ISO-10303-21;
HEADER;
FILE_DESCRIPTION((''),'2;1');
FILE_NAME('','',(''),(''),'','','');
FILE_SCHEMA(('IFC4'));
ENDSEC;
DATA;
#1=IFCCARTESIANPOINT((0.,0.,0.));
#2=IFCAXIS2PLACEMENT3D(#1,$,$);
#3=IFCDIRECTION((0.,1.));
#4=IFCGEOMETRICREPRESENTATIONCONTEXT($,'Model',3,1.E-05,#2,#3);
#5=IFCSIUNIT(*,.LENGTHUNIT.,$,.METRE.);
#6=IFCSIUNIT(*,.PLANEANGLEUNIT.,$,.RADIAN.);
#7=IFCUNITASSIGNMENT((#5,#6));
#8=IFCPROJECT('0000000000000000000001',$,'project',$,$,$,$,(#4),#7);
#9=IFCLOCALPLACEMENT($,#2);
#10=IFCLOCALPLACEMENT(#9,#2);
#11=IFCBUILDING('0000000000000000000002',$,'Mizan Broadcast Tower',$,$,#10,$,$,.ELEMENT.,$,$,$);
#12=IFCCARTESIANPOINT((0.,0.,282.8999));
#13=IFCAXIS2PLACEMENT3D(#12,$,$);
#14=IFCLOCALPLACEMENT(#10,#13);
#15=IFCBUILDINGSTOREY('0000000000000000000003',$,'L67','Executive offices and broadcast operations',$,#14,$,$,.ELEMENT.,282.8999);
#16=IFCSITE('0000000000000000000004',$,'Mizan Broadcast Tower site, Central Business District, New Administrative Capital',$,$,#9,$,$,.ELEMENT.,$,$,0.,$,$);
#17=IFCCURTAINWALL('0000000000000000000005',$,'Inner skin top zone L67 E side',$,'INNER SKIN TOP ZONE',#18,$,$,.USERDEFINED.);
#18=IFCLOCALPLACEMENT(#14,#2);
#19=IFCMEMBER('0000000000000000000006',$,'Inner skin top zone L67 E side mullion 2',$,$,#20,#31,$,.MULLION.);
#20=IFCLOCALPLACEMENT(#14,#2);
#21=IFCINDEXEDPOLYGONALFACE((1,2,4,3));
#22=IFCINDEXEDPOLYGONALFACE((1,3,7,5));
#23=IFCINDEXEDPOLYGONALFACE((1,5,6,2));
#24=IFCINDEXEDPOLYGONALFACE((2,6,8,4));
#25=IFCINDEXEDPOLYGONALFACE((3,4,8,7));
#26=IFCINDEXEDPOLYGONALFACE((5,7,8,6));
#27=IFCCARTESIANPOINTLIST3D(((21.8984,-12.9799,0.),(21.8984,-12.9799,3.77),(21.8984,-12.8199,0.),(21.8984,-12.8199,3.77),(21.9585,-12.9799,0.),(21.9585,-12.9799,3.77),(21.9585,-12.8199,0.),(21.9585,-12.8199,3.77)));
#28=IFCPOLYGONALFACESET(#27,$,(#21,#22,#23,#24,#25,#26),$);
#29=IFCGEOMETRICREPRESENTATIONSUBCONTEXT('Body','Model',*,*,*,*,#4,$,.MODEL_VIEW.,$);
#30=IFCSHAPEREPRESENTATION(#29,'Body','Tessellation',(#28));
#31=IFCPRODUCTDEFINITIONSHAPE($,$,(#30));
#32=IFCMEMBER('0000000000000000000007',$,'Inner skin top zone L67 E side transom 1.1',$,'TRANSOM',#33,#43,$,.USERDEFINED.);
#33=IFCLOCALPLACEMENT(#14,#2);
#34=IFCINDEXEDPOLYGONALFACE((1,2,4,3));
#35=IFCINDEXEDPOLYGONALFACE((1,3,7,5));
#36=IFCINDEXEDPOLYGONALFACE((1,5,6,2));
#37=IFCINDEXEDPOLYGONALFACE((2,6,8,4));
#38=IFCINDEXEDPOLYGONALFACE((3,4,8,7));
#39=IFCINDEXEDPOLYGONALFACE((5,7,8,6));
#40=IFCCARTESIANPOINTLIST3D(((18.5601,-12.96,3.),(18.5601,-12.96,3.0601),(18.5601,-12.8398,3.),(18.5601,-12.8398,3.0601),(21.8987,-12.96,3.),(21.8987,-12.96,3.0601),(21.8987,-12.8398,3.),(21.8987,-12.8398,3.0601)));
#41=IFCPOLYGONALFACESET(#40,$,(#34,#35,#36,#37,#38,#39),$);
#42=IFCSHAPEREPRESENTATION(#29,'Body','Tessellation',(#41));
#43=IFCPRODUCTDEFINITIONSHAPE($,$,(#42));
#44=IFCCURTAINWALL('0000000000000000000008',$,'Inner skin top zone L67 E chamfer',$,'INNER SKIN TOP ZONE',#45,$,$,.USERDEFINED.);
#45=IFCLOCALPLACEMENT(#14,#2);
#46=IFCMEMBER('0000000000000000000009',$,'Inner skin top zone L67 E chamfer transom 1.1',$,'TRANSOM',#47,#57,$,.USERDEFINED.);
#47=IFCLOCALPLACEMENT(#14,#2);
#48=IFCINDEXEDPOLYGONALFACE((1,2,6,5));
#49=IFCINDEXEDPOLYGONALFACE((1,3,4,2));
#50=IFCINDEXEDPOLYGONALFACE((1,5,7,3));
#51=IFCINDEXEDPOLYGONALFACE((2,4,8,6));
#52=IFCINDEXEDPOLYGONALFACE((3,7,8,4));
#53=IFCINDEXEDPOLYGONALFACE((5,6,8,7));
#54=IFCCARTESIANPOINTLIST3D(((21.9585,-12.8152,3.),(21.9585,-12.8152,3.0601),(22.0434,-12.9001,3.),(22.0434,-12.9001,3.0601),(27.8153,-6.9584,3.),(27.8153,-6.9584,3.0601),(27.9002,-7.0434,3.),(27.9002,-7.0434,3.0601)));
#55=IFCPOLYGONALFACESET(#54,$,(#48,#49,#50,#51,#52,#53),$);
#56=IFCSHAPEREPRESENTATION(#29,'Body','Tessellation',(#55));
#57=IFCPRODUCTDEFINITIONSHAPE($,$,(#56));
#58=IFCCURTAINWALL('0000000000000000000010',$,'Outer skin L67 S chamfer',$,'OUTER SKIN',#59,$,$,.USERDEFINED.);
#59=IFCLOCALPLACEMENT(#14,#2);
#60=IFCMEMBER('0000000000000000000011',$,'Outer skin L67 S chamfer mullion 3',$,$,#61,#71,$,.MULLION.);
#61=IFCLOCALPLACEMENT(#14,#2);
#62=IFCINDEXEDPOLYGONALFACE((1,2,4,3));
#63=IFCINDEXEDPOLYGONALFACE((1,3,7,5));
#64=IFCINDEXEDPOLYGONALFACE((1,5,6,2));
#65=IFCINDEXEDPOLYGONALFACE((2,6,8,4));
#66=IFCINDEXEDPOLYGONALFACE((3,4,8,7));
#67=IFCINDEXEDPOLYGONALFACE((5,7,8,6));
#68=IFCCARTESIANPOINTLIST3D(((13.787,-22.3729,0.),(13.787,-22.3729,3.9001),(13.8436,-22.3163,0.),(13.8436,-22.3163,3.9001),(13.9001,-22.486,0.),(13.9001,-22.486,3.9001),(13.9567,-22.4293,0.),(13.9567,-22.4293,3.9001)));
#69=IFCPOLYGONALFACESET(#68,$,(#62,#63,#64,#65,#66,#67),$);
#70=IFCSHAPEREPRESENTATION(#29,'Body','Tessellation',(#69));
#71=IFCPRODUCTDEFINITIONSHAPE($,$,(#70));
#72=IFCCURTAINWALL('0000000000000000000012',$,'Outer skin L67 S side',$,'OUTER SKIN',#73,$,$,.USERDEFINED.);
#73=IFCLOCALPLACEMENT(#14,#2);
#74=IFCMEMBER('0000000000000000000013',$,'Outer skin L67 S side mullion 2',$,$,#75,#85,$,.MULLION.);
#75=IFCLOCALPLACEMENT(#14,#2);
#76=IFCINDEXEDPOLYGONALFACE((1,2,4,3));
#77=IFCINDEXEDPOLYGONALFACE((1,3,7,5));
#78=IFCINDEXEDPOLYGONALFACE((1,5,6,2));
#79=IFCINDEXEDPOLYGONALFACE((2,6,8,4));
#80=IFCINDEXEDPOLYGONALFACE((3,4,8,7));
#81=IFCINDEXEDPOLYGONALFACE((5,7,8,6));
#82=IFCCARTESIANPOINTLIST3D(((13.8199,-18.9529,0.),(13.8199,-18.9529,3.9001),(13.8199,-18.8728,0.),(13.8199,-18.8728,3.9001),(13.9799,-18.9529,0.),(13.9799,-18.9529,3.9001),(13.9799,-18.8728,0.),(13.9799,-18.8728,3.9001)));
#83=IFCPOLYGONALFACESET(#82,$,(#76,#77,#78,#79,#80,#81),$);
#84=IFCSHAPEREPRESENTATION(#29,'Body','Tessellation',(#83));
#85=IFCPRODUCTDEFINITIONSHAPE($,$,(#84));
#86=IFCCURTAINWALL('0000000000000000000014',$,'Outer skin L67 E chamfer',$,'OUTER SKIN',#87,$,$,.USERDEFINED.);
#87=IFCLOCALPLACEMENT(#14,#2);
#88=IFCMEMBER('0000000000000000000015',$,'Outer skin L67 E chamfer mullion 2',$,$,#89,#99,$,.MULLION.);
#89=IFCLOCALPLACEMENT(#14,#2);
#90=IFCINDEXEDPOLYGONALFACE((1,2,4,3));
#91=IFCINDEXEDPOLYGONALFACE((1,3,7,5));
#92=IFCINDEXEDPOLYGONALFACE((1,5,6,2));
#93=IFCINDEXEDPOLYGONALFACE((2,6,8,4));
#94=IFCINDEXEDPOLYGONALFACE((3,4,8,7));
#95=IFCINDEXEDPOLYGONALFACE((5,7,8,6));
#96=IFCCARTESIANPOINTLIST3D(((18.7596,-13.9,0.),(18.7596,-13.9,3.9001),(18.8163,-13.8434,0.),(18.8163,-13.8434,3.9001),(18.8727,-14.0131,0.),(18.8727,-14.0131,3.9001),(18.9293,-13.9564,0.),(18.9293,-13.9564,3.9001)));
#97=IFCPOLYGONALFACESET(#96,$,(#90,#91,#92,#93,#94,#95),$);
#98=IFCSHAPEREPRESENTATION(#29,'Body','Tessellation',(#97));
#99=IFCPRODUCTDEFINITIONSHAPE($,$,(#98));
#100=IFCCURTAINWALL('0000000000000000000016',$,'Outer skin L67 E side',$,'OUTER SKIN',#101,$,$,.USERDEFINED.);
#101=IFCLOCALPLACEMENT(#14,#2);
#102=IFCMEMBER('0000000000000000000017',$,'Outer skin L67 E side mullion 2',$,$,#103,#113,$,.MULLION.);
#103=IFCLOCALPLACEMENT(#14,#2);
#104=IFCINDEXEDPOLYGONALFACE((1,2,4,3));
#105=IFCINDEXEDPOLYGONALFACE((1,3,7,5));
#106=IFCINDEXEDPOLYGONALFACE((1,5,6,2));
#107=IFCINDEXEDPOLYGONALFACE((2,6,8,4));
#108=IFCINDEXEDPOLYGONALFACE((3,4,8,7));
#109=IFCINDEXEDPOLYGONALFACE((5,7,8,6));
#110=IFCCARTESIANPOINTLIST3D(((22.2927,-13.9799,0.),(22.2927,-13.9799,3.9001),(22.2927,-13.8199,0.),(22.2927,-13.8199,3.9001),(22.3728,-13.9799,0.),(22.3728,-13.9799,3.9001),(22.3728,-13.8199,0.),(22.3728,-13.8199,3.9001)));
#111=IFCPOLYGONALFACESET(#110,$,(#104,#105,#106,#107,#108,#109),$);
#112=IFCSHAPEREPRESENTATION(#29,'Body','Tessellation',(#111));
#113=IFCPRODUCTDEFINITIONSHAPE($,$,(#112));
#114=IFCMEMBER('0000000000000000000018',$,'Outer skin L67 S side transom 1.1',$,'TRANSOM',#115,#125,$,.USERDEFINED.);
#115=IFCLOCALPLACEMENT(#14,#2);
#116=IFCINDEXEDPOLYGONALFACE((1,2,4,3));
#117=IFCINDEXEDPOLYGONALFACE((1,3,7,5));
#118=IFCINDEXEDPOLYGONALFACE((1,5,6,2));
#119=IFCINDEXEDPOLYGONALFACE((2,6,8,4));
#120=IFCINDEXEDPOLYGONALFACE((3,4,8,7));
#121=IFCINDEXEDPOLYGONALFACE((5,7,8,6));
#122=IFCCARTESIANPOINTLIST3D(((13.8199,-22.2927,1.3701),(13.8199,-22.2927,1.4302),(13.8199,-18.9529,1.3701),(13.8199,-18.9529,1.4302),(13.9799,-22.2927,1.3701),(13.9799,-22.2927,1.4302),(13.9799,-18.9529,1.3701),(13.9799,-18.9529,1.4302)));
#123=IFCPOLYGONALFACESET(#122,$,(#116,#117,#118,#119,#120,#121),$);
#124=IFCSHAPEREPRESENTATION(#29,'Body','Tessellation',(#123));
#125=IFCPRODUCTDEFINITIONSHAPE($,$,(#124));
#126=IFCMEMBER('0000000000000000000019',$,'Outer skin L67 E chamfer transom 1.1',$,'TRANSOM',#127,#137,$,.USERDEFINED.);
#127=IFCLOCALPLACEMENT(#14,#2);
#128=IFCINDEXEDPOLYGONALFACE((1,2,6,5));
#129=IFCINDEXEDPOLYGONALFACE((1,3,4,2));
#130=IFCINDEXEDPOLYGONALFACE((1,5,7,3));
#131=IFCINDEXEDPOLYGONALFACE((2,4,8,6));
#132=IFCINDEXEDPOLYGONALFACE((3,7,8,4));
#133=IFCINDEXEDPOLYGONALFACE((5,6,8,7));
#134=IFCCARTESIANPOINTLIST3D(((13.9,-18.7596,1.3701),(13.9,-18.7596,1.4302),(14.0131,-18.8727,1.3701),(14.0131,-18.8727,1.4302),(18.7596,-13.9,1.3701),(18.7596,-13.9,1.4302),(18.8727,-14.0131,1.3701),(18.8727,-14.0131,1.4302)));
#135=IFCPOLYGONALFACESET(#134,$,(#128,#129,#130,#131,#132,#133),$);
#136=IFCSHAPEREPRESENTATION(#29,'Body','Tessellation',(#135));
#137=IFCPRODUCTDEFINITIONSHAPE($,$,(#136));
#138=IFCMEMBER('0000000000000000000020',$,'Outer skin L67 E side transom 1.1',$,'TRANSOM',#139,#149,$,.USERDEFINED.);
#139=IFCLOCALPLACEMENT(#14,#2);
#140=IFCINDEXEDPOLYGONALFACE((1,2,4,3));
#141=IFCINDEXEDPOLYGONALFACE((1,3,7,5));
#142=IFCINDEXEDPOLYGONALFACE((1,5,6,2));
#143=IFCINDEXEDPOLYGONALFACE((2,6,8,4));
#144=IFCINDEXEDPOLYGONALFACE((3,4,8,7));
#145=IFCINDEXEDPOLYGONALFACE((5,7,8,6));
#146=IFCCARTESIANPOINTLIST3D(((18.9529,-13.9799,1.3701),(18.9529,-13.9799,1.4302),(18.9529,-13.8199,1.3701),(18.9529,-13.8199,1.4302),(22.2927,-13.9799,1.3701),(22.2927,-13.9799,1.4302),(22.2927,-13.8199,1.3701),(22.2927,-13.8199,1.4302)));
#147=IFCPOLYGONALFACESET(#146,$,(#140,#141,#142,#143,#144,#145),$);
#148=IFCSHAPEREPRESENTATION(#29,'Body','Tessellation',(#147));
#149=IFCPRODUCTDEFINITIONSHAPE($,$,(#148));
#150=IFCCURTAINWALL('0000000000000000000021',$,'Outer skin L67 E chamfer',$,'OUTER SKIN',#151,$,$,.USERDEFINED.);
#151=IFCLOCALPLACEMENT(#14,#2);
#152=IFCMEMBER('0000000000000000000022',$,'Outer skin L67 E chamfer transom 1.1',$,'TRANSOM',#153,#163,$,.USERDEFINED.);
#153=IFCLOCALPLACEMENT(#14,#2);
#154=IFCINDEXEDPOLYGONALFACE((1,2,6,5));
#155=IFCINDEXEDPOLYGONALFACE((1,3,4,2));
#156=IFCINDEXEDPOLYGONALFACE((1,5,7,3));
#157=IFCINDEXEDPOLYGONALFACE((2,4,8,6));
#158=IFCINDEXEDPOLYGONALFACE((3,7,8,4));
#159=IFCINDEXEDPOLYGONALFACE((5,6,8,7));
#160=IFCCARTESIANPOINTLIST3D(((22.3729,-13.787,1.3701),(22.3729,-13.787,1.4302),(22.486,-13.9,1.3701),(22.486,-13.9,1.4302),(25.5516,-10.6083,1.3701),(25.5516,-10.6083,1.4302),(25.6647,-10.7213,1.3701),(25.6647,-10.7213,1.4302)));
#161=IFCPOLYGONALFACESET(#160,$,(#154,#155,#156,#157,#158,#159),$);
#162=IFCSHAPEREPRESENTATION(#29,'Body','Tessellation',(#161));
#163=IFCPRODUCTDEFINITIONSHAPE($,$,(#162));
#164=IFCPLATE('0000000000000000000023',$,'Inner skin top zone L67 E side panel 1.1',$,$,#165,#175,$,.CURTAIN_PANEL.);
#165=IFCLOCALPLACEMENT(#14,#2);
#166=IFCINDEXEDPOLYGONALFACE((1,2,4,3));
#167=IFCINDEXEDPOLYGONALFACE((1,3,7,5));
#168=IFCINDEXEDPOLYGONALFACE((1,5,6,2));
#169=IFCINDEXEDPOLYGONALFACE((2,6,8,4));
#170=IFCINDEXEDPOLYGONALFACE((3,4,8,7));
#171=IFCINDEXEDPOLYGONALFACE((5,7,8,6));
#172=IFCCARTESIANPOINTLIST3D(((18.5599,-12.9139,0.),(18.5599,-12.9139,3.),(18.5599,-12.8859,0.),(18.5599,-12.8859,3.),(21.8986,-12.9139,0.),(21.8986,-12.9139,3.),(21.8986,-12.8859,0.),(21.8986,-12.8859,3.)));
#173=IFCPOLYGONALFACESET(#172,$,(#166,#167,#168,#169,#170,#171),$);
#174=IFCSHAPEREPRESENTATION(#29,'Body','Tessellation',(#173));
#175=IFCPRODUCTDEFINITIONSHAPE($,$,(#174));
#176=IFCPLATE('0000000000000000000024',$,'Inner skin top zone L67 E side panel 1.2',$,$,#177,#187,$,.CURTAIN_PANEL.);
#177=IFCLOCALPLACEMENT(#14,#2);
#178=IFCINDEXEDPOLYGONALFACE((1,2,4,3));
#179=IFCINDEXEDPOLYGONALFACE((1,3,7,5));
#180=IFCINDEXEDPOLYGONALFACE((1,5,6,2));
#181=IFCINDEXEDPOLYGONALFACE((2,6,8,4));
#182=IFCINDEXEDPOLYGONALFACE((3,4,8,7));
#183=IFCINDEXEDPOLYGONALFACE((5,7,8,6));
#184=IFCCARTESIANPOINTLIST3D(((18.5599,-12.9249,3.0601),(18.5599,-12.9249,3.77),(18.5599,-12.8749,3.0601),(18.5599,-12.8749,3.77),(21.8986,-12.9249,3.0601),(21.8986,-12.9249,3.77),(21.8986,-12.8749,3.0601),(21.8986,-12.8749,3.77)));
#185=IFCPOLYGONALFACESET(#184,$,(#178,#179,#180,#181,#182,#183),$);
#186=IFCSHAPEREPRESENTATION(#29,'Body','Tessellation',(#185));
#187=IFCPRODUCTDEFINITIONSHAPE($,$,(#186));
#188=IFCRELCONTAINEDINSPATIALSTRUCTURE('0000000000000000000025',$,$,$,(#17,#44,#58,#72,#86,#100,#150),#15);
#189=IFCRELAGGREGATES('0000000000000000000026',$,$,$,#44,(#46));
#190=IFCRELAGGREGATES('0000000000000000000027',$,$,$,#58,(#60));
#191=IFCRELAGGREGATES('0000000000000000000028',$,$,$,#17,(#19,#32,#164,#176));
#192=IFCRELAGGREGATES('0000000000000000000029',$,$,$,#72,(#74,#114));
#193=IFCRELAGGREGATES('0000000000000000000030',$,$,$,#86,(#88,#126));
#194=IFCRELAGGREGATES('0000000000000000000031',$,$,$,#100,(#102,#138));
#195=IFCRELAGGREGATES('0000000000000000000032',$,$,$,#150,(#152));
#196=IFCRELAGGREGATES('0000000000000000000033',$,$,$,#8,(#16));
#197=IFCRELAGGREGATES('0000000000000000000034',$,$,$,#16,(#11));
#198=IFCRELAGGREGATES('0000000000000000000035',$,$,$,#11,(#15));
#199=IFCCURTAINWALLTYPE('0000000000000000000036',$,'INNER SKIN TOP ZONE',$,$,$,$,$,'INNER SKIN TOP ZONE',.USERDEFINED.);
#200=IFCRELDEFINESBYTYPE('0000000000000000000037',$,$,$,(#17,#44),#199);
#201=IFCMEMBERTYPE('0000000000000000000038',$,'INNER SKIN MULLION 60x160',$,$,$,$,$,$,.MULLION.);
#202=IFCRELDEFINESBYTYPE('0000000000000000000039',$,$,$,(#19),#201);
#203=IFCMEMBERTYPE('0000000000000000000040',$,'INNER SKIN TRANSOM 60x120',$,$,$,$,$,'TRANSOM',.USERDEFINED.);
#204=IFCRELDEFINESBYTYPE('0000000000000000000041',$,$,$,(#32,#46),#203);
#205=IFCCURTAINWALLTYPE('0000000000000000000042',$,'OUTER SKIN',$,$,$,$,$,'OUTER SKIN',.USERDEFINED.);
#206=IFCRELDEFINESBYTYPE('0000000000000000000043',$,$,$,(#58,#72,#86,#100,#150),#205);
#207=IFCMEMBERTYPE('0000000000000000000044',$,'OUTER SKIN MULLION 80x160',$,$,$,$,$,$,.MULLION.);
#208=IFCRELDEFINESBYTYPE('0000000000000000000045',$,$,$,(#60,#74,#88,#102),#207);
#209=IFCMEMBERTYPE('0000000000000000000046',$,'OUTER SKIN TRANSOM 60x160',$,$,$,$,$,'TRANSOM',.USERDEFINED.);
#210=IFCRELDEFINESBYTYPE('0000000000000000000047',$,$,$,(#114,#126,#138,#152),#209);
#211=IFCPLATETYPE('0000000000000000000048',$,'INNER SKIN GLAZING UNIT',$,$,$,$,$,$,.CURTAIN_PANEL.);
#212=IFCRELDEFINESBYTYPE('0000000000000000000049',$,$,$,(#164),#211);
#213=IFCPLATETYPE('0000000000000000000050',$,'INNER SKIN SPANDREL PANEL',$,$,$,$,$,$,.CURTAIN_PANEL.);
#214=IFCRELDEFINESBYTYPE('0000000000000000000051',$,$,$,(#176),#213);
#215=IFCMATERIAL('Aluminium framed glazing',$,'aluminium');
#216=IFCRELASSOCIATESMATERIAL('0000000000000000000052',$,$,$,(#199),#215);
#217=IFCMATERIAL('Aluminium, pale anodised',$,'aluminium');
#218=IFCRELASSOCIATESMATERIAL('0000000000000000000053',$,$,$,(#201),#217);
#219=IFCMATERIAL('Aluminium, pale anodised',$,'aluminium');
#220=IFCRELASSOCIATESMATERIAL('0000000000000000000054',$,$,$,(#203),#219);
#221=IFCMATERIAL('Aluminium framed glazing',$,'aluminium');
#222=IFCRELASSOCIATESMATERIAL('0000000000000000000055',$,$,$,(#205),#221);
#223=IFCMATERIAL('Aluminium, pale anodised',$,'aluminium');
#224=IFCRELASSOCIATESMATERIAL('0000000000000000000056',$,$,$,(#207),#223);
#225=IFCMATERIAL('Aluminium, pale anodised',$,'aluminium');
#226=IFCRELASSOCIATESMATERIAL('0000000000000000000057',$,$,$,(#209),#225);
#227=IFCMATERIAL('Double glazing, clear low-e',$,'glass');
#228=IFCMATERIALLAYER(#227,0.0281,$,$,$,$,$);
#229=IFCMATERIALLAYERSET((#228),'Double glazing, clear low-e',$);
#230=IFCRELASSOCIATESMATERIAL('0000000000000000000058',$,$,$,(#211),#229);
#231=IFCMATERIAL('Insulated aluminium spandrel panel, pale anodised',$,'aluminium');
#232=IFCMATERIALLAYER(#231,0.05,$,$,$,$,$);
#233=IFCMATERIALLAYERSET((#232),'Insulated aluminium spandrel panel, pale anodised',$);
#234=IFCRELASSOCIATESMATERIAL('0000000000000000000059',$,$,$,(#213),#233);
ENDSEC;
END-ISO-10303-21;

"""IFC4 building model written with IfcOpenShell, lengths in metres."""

from ifc_helpers import new_model, si_unit, direction, frame, origin, origin_2d, place, context, subcontext, project, spatial, rectangle, extrude, material, layer, layer_set, material_profile, profile_set, type_object, element, aggregate, save


model = new_model("IFC4")

# Units and contexts
model_context = context("Model", 3, precision=1e-05, world=origin(), true_north=direction((0.0, 1.0)))
body_context = subcontext(model_context, "Body", "Model", "MODEL_VIEW")
ifc_project = project(units=[si_unit("LENGTHUNIT", "METRE"), si_unit("PLANEANGLEUNIT", "RADIAN")], contexts=[model_context])

# Site, building, storey
site_placement = place(None, origin())
site = spatial("IfcSite", under=ifc_project, at=site_placement, Name="Mizan Broadcast Tower site, Central Business District, New Administrative Capital", CompositionType="ELEMENT", RefElevation=0.0)
building_placement = place(site_placement, origin())
building = spatial("IfcBuilding", under=site, at=building_placement, Name="Mizan Broadcast Tower", CompositionType="ELEMENT")
storey_placement = place(building_placement, frame((0.0, 0.0, 282.8999)))
storey = spatial("IfcBuildingStorey", under=building, at=storey_placement, Name="L67", Description="Executive offices and broadcast operations", CompositionType="ELEMENT", Elevation=282.8999)

# Curtain wall, members
ifc_material_1 = material(Name="Aluminium framed glazing", Category="aluminium")
curtain_wall_type_1 = type_object("IfcCurtainWallType", Name="INNER SKIN TOP ZONE", ElementType="INNER SKIN TOP ZONE", PredefinedType="USERDEFINED", material=ifc_material_1)
curtain_wall_1_placement = place(storey_placement, origin())
curtain_wall_1 = element("IfcCurtainWall", 1, at=curtain_wall_1_placement, inside=storey, type_object=curtain_wall_type_1, Name="Inner skin top zone L67 E side", ObjectType="INNER SKIN TOP ZONE", PredefinedType="USERDEFINED")
ifc_material_2 = material(Name="Aluminium, pale anodised", Category="aluminium")
ifc_material_profile_1 = material_profile(ifc_material_2, rectangle(XDim=0.1599, YDim=0.0601, at=origin_2d()), Name="MULLION 160x60")
ifc_profile_set_1 = profile_set([ifc_material_profile_1], Name="Aluminium, pale anodised")
member_type_1 = type_object("IfcMemberType", Name="INNER SKIN MULLION 60x160", PredefinedType="MULLION", material=ifc_profile_set_1)
member_1_placement = place(storey_placement, frame((21.9285, -12.8999, 0.0), z_axis=(0.0, 0.0, 1.0), x_axis=(0.0, 1.0, 0.0)))
member_1 = element("IfcMember", 2, at=member_1_placement, type_object=member_type_1, Name="Inner skin top zone L67 E side mullion 2", PredefinedType="MULLION", context=body_context, shape_type="SweptSolid", body=[
    extrude(rectangle(XDim=0.1599, YDim=0.0601, at=origin_2d()), origin(), (0.0, 0.0, 1.0), 3.77),
])
ifc_material_3 = material(Name="Aluminium, pale anodised", Category="aluminium")
ifc_material_profile_2 = material_profile(ifc_material_3, rectangle(XDim=0.1201, YDim=0.0601, at=origin_2d()), Name="TRANSOM 120x60")
ifc_profile_set_2 = profile_set([ifc_material_profile_2], Name="Aluminium, pale anodised")
member_type_2 = type_object("IfcMemberType", Name="INNER SKIN TRANSOM 60x120", ElementType="TRANSOM", PredefinedType="USERDEFINED", material=ifc_profile_set_2)
member_2_placement = place(storey_placement, frame((18.5601, -12.8999, 3.03), z_axis=(1.0, 0.0, 0.0), x_axis=(0.0, 1.0, 0.0)))
member_2 = element("IfcMember", 3, at=member_2_placement, type_object=member_type_2, Name="Inner skin top zone L67 E side transom 1.1", ObjectType="TRANSOM", PredefinedType="USERDEFINED", context=body_context, shape_type="SweptSolid", body=[
    extrude(rectangle(XDim=0.1201, YDim=0.0601, at=origin_2d()), origin(), (0.0, 0.0, 1.0), 3.3386),
])

# Curtain walls, members
curtain_wall_2_placement = place(storey_placement, origin())
curtain_wall_2 = element("IfcCurtainWall", 4, at=curtain_wall_2_placement, inside=storey, type_object=curtain_wall_type_1, Name="Inner skin top zone L67 E chamfer", ObjectType="INNER SKIN TOP ZONE", PredefinedType="USERDEFINED")
member_3_placement = place(storey_placement, frame((22.001, -12.8577, 3.03), z_axis=(0.707107, 0.707107, 0.0), x_axis=(-0.707107, 0.707107, 0.0)))
member_3 = element("IfcMember", 5, at=member_3_placement, type_object=member_type_2, Name="Inner skin top zone L67 E chamfer transom 1.1", ObjectType="TRANSOM", PredefinedType="USERDEFINED", context=body_context, shape_type="SweptSolid", body=[
    extrude(rectangle(XDim=0.1201, YDim=0.0601, at=origin_2d()), origin(), (0.0, 0.0, 1.0), 8.2827),
])
aggregate(curtain_wall_2, [member_3])
ifc_material_4 = material(Name="Aluminium framed glazing", Category="aluminium")
curtain_wall_type_2 = type_object("IfcCurtainWallType", Name="OUTER SKIN", ElementType="OUTER SKIN", PredefinedType="USERDEFINED", material=ifc_material_4)
curtain_wall_3_placement = place(storey_placement, origin())
curtain_wall_3 = element("IfcCurtainWall", 6, at=curtain_wall_3_placement, inside=storey, type_object=curtain_wall_type_2, Name="Outer skin L67 S chamfer", ObjectType="OUTER SKIN", PredefinedType="USERDEFINED")
ifc_material_5 = material(Name="Aluminium, pale anodised", Category="aluminium")
ifc_material_profile_3 = material_profile(ifc_material_5, rectangle(XDim=0.1599, YDim=0.0801, at=origin_2d()), Name="MULLION 160x80")
ifc_profile_set_3 = profile_set([ifc_material_profile_3], Name="Aluminium, pale anodised")
member_type_3 = type_object("IfcMemberType", Name="OUTER SKIN MULLION 80x160", PredefinedType="MULLION", material=ifc_profile_set_3)
member_4_placement = place(storey_placement, frame((13.8718, -22.4011, 0.0), z_axis=(0.0, 0.0, 1.0), x_axis=(-0.707107, 0.707107, 0.0)))
member_4 = element("IfcMember", 7, at=member_4_placement, type_object=member_type_3, Name="Outer skin L67 S chamfer mullion 3", PredefinedType="MULLION", context=body_context, shape_type="SweptSolid", body=[
    extrude(rectangle(XDim=0.1599, YDim=0.0801, at=origin_2d()), origin(), (0.0, 0.0, 1.0), 3.9001),
])
aggregate(curtain_wall_3, [member_4])
curtain_wall_4_placement = place(storey_placement, origin())
curtain_wall_4 = element("IfcCurtainWall", 8, at=curtain_wall_4_placement, inside=storey, type_object=curtain_wall_type_2, Name="Outer skin L67 S side", ObjectType="OUTER SKIN", PredefinedType="USERDEFINED")
member_5_placement = place(storey_placement, frame((13.8999, -18.9128, 0.0), z_axis=(0.0, 0.0, 1.0), x_axis=(-1.0, 0.0, 0.0)))
member_5 = element("IfcMember", 9, at=member_5_placement, type_object=member_type_3, Name="Outer skin L67 S side mullion 2", PredefinedType="MULLION", context=body_context, shape_type="SweptSolid", body=[
    extrude(rectangle(XDim=0.1599, YDim=0.0801, at=origin_2d()), origin(), (0.0, 0.0, 1.0), 3.9001),
])
curtain_wall_5_placement = place(storey_placement, origin())
curtain_wall_5 = element("IfcCurtainWall", 10, at=curtain_wall_5_placement, inside=storey, type_object=curtain_wall_type_2, Name="Outer skin L67 E chamfer", ObjectType="OUTER SKIN", PredefinedType="USERDEFINED")
member_6_placement = place(storey_placement, frame((18.8445, -13.9282, 0.0), z_axis=(0.0, 0.0, 1.0), x_axis=(-0.707107, 0.707107, 0.0)))
member_6 = element("IfcMember", 11, at=member_6_placement, type_object=member_type_3, Name="Outer skin L67 E chamfer mullion 2", PredefinedType="MULLION", context=body_context, shape_type="SweptSolid", body=[
    extrude(rectangle(XDim=0.1599, YDim=0.0801, at=origin_2d()), origin(), (0.0, 0.0, 1.0), 3.9001),
])
curtain_wall_6_placement = place(storey_placement, origin())
curtain_wall_6 = element("IfcCurtainWall", 12, at=curtain_wall_6_placement, inside=storey, type_object=curtain_wall_type_2, Name="Outer skin L67 E side", ObjectType="OUTER SKIN", PredefinedType="USERDEFINED")
member_7_placement = place(storey_placement, frame((22.3328, -13.8999, 0.0), z_axis=(0.0, 0.0, 1.0), x_axis=(0.0, 1.0, 0.0)))
member_7 = element("IfcMember", 13, at=member_7_placement, type_object=member_type_3, Name="Outer skin L67 E side mullion 2", PredefinedType="MULLION", context=body_context, shape_type="SweptSolid", body=[
    extrude(rectangle(XDim=0.1599, YDim=0.0801, at=origin_2d()), origin(), (0.0, 0.0, 1.0), 3.9001),
])

# Members
ifc_material_6 = material(Name="Aluminium, pale anodised", Category="aluminium")
ifc_material_profile_4 = material_profile(ifc_material_6, rectangle(XDim=0.1599, YDim=0.0601, at=origin_2d()), Name="TRANSOM 160x60")
ifc_profile_set_4 = profile_set([ifc_material_profile_4], Name="Aluminium, pale anodised")
member_type_4 = type_object("IfcMemberType", Name="OUTER SKIN TRANSOM 60x160", ElementType="TRANSOM", PredefinedType="USERDEFINED", material=ifc_profile_set_4)
member_8_placement = place(storey_placement, frame((13.8999, -22.2927, 1.4001), z_axis=(0.0, 1.0, 0.0), x_axis=(-1.0, 0.0, 0.0)))
member_8 = element("IfcMember", 14, at=member_8_placement, type_object=member_type_4, Name="Outer skin L67 S side transom 1.1", ObjectType="TRANSOM", PredefinedType="USERDEFINED", context=body_context, shape_type="SweptSolid", body=[
    extrude(rectangle(XDim=0.1599, YDim=0.0601, at=origin_2d()), origin(), (0.0, 0.0, 1.0), 3.3398),
])
member_9_placement = place(storey_placement, frame((13.9565, -18.8162, 1.4001), z_axis=(0.707107, 0.707107, 0.0), x_axis=(-0.707107, 0.707107, 0.0)))
member_9 = element("IfcMember", 15, at=member_9_placement, type_object=member_type_4, Name="Outer skin L67 E chamfer transom 1.1", ObjectType="TRANSOM", PredefinedType="USERDEFINED", context=body_context, shape_type="SweptSolid", body=[
    extrude(rectangle(XDim=0.1599, YDim=0.0601, at=origin_2d()), origin(), (0.0, 0.0, 1.0), 6.8726),
])
member_10_placement = place(storey_placement, frame((18.9529, -13.8999, 1.4001), z_axis=(1.0, 0.0, 0.0), x_axis=(0.0, 1.0, 0.0)))
member_10 = element("IfcMember", 16, at=member_10_placement, type_object=member_type_4, Name="Outer skin L67 E side transom 1.1", ObjectType="TRANSOM", PredefinedType="USERDEFINED", context=body_context, shape_type="SweptSolid", body=[
    extrude(rectangle(XDim=0.1599, YDim=0.0601, at=origin_2d()), origin(), (0.0, 0.0, 1.0), 3.3398),
])

# Curtain wall, member
curtain_wall_7_placement = place(storey_placement, origin())
curtain_wall_7 = element("IfcCurtainWall", 17, at=curtain_wall_7_placement, inside=storey, type_object=curtain_wall_type_2, Name="Outer skin L67 E chamfer", ObjectType="OUTER SKIN", PredefinedType="USERDEFINED")
member_11_placement = place(storey_placement, frame((22.4294, -13.8435, 1.4001), z_axis=(0.707107, 0.707107, 0.0), x_axis=(-0.707107, 0.707107, 0.0)))
member_11 = element("IfcMember", 18, at=member_11_placement, type_object=member_type_4, Name="Outer skin L67 E chamfer transom 1.1", ObjectType="TRANSOM", PredefinedType="USERDEFINED", context=body_context, shape_type="SweptSolid", body=[
    extrude(rectangle(XDim=0.1599, YDim=0.0601, at=origin_2d()), origin(), (0.0, 0.0, 1.0), 4.4954),
])

# Plates
ifc_material_7 = material(Name="Double glazing, clear low-e", Category="glass")
ifc_layer_1 = layer(ifc_material_7, 0.0281)
ifc_layer_set_1 = layer_set([ifc_layer_1], Name="Double glazing, clear low-e")
plate_type_1 = type_object("IfcPlateType", Name="INNER SKIN GLAZING UNIT", PredefinedType="CURTAIN_PANEL", material=ifc_layer_set_1)
plate_1_placement = place(storey_placement, frame((20.2292, -12.8999, 0.0), z_axis=(0.0, 0.0, 1.0), x_axis=(1.0, 0.0, 0.0)))
plate_1 = element("IfcPlate", 19, at=plate_1_placement, type_object=plate_type_1, Name="Inner skin top zone L67 E side panel 1.1", PredefinedType="CURTAIN_PANEL", context=body_context, shape_type="SweptSolid", body=[
    extrude(rectangle(XDim=3.3386, YDim=0.0281, at=origin_2d()), origin(), (0.0, 0.0, 1.0), 3.0),
])
ifc_material_8 = material(Name="Insulated aluminium spandrel panel, pale anodised", Category="aluminium")
ifc_layer_2 = layer(ifc_material_8, 0.05)
ifc_layer_set_2 = layer_set([ifc_layer_2], Name="Insulated aluminium spandrel panel, pale anodised")
plate_type_2 = type_object("IfcPlateType", Name="INNER SKIN SPANDREL PANEL", PredefinedType="CURTAIN_PANEL", material=ifc_layer_set_2)
plate_2_placement = place(storey_placement, frame((20.2292, -12.8999, 3.0601), z_axis=(0.0, 0.0, 1.0), x_axis=(1.0, 0.0, 0.0)))
plate_2 = element("IfcPlate", 20, at=plate_2_placement, type_object=plate_type_2, Name="Inner skin top zone L67 E side panel 1.2", PredefinedType="CURTAIN_PANEL", context=body_context, shape_type="SweptSolid", body=[
    extrude(rectangle(XDim=3.3386, YDim=0.05, at=origin_2d()), origin(), (0.0, 0.0, 1.0), 0.71),
])
aggregate(curtain_wall_1, [member_1, member_2, plate_1, plate_2])
aggregate(curtain_wall_4, [member_5, member_8])
aggregate(curtain_wall_5, [member_6, member_9])
aggregate(curtain_wall_6, [member_7, member_10])
aggregate(curtain_wall_7, [member_11])

save(model, "model.ifc")
